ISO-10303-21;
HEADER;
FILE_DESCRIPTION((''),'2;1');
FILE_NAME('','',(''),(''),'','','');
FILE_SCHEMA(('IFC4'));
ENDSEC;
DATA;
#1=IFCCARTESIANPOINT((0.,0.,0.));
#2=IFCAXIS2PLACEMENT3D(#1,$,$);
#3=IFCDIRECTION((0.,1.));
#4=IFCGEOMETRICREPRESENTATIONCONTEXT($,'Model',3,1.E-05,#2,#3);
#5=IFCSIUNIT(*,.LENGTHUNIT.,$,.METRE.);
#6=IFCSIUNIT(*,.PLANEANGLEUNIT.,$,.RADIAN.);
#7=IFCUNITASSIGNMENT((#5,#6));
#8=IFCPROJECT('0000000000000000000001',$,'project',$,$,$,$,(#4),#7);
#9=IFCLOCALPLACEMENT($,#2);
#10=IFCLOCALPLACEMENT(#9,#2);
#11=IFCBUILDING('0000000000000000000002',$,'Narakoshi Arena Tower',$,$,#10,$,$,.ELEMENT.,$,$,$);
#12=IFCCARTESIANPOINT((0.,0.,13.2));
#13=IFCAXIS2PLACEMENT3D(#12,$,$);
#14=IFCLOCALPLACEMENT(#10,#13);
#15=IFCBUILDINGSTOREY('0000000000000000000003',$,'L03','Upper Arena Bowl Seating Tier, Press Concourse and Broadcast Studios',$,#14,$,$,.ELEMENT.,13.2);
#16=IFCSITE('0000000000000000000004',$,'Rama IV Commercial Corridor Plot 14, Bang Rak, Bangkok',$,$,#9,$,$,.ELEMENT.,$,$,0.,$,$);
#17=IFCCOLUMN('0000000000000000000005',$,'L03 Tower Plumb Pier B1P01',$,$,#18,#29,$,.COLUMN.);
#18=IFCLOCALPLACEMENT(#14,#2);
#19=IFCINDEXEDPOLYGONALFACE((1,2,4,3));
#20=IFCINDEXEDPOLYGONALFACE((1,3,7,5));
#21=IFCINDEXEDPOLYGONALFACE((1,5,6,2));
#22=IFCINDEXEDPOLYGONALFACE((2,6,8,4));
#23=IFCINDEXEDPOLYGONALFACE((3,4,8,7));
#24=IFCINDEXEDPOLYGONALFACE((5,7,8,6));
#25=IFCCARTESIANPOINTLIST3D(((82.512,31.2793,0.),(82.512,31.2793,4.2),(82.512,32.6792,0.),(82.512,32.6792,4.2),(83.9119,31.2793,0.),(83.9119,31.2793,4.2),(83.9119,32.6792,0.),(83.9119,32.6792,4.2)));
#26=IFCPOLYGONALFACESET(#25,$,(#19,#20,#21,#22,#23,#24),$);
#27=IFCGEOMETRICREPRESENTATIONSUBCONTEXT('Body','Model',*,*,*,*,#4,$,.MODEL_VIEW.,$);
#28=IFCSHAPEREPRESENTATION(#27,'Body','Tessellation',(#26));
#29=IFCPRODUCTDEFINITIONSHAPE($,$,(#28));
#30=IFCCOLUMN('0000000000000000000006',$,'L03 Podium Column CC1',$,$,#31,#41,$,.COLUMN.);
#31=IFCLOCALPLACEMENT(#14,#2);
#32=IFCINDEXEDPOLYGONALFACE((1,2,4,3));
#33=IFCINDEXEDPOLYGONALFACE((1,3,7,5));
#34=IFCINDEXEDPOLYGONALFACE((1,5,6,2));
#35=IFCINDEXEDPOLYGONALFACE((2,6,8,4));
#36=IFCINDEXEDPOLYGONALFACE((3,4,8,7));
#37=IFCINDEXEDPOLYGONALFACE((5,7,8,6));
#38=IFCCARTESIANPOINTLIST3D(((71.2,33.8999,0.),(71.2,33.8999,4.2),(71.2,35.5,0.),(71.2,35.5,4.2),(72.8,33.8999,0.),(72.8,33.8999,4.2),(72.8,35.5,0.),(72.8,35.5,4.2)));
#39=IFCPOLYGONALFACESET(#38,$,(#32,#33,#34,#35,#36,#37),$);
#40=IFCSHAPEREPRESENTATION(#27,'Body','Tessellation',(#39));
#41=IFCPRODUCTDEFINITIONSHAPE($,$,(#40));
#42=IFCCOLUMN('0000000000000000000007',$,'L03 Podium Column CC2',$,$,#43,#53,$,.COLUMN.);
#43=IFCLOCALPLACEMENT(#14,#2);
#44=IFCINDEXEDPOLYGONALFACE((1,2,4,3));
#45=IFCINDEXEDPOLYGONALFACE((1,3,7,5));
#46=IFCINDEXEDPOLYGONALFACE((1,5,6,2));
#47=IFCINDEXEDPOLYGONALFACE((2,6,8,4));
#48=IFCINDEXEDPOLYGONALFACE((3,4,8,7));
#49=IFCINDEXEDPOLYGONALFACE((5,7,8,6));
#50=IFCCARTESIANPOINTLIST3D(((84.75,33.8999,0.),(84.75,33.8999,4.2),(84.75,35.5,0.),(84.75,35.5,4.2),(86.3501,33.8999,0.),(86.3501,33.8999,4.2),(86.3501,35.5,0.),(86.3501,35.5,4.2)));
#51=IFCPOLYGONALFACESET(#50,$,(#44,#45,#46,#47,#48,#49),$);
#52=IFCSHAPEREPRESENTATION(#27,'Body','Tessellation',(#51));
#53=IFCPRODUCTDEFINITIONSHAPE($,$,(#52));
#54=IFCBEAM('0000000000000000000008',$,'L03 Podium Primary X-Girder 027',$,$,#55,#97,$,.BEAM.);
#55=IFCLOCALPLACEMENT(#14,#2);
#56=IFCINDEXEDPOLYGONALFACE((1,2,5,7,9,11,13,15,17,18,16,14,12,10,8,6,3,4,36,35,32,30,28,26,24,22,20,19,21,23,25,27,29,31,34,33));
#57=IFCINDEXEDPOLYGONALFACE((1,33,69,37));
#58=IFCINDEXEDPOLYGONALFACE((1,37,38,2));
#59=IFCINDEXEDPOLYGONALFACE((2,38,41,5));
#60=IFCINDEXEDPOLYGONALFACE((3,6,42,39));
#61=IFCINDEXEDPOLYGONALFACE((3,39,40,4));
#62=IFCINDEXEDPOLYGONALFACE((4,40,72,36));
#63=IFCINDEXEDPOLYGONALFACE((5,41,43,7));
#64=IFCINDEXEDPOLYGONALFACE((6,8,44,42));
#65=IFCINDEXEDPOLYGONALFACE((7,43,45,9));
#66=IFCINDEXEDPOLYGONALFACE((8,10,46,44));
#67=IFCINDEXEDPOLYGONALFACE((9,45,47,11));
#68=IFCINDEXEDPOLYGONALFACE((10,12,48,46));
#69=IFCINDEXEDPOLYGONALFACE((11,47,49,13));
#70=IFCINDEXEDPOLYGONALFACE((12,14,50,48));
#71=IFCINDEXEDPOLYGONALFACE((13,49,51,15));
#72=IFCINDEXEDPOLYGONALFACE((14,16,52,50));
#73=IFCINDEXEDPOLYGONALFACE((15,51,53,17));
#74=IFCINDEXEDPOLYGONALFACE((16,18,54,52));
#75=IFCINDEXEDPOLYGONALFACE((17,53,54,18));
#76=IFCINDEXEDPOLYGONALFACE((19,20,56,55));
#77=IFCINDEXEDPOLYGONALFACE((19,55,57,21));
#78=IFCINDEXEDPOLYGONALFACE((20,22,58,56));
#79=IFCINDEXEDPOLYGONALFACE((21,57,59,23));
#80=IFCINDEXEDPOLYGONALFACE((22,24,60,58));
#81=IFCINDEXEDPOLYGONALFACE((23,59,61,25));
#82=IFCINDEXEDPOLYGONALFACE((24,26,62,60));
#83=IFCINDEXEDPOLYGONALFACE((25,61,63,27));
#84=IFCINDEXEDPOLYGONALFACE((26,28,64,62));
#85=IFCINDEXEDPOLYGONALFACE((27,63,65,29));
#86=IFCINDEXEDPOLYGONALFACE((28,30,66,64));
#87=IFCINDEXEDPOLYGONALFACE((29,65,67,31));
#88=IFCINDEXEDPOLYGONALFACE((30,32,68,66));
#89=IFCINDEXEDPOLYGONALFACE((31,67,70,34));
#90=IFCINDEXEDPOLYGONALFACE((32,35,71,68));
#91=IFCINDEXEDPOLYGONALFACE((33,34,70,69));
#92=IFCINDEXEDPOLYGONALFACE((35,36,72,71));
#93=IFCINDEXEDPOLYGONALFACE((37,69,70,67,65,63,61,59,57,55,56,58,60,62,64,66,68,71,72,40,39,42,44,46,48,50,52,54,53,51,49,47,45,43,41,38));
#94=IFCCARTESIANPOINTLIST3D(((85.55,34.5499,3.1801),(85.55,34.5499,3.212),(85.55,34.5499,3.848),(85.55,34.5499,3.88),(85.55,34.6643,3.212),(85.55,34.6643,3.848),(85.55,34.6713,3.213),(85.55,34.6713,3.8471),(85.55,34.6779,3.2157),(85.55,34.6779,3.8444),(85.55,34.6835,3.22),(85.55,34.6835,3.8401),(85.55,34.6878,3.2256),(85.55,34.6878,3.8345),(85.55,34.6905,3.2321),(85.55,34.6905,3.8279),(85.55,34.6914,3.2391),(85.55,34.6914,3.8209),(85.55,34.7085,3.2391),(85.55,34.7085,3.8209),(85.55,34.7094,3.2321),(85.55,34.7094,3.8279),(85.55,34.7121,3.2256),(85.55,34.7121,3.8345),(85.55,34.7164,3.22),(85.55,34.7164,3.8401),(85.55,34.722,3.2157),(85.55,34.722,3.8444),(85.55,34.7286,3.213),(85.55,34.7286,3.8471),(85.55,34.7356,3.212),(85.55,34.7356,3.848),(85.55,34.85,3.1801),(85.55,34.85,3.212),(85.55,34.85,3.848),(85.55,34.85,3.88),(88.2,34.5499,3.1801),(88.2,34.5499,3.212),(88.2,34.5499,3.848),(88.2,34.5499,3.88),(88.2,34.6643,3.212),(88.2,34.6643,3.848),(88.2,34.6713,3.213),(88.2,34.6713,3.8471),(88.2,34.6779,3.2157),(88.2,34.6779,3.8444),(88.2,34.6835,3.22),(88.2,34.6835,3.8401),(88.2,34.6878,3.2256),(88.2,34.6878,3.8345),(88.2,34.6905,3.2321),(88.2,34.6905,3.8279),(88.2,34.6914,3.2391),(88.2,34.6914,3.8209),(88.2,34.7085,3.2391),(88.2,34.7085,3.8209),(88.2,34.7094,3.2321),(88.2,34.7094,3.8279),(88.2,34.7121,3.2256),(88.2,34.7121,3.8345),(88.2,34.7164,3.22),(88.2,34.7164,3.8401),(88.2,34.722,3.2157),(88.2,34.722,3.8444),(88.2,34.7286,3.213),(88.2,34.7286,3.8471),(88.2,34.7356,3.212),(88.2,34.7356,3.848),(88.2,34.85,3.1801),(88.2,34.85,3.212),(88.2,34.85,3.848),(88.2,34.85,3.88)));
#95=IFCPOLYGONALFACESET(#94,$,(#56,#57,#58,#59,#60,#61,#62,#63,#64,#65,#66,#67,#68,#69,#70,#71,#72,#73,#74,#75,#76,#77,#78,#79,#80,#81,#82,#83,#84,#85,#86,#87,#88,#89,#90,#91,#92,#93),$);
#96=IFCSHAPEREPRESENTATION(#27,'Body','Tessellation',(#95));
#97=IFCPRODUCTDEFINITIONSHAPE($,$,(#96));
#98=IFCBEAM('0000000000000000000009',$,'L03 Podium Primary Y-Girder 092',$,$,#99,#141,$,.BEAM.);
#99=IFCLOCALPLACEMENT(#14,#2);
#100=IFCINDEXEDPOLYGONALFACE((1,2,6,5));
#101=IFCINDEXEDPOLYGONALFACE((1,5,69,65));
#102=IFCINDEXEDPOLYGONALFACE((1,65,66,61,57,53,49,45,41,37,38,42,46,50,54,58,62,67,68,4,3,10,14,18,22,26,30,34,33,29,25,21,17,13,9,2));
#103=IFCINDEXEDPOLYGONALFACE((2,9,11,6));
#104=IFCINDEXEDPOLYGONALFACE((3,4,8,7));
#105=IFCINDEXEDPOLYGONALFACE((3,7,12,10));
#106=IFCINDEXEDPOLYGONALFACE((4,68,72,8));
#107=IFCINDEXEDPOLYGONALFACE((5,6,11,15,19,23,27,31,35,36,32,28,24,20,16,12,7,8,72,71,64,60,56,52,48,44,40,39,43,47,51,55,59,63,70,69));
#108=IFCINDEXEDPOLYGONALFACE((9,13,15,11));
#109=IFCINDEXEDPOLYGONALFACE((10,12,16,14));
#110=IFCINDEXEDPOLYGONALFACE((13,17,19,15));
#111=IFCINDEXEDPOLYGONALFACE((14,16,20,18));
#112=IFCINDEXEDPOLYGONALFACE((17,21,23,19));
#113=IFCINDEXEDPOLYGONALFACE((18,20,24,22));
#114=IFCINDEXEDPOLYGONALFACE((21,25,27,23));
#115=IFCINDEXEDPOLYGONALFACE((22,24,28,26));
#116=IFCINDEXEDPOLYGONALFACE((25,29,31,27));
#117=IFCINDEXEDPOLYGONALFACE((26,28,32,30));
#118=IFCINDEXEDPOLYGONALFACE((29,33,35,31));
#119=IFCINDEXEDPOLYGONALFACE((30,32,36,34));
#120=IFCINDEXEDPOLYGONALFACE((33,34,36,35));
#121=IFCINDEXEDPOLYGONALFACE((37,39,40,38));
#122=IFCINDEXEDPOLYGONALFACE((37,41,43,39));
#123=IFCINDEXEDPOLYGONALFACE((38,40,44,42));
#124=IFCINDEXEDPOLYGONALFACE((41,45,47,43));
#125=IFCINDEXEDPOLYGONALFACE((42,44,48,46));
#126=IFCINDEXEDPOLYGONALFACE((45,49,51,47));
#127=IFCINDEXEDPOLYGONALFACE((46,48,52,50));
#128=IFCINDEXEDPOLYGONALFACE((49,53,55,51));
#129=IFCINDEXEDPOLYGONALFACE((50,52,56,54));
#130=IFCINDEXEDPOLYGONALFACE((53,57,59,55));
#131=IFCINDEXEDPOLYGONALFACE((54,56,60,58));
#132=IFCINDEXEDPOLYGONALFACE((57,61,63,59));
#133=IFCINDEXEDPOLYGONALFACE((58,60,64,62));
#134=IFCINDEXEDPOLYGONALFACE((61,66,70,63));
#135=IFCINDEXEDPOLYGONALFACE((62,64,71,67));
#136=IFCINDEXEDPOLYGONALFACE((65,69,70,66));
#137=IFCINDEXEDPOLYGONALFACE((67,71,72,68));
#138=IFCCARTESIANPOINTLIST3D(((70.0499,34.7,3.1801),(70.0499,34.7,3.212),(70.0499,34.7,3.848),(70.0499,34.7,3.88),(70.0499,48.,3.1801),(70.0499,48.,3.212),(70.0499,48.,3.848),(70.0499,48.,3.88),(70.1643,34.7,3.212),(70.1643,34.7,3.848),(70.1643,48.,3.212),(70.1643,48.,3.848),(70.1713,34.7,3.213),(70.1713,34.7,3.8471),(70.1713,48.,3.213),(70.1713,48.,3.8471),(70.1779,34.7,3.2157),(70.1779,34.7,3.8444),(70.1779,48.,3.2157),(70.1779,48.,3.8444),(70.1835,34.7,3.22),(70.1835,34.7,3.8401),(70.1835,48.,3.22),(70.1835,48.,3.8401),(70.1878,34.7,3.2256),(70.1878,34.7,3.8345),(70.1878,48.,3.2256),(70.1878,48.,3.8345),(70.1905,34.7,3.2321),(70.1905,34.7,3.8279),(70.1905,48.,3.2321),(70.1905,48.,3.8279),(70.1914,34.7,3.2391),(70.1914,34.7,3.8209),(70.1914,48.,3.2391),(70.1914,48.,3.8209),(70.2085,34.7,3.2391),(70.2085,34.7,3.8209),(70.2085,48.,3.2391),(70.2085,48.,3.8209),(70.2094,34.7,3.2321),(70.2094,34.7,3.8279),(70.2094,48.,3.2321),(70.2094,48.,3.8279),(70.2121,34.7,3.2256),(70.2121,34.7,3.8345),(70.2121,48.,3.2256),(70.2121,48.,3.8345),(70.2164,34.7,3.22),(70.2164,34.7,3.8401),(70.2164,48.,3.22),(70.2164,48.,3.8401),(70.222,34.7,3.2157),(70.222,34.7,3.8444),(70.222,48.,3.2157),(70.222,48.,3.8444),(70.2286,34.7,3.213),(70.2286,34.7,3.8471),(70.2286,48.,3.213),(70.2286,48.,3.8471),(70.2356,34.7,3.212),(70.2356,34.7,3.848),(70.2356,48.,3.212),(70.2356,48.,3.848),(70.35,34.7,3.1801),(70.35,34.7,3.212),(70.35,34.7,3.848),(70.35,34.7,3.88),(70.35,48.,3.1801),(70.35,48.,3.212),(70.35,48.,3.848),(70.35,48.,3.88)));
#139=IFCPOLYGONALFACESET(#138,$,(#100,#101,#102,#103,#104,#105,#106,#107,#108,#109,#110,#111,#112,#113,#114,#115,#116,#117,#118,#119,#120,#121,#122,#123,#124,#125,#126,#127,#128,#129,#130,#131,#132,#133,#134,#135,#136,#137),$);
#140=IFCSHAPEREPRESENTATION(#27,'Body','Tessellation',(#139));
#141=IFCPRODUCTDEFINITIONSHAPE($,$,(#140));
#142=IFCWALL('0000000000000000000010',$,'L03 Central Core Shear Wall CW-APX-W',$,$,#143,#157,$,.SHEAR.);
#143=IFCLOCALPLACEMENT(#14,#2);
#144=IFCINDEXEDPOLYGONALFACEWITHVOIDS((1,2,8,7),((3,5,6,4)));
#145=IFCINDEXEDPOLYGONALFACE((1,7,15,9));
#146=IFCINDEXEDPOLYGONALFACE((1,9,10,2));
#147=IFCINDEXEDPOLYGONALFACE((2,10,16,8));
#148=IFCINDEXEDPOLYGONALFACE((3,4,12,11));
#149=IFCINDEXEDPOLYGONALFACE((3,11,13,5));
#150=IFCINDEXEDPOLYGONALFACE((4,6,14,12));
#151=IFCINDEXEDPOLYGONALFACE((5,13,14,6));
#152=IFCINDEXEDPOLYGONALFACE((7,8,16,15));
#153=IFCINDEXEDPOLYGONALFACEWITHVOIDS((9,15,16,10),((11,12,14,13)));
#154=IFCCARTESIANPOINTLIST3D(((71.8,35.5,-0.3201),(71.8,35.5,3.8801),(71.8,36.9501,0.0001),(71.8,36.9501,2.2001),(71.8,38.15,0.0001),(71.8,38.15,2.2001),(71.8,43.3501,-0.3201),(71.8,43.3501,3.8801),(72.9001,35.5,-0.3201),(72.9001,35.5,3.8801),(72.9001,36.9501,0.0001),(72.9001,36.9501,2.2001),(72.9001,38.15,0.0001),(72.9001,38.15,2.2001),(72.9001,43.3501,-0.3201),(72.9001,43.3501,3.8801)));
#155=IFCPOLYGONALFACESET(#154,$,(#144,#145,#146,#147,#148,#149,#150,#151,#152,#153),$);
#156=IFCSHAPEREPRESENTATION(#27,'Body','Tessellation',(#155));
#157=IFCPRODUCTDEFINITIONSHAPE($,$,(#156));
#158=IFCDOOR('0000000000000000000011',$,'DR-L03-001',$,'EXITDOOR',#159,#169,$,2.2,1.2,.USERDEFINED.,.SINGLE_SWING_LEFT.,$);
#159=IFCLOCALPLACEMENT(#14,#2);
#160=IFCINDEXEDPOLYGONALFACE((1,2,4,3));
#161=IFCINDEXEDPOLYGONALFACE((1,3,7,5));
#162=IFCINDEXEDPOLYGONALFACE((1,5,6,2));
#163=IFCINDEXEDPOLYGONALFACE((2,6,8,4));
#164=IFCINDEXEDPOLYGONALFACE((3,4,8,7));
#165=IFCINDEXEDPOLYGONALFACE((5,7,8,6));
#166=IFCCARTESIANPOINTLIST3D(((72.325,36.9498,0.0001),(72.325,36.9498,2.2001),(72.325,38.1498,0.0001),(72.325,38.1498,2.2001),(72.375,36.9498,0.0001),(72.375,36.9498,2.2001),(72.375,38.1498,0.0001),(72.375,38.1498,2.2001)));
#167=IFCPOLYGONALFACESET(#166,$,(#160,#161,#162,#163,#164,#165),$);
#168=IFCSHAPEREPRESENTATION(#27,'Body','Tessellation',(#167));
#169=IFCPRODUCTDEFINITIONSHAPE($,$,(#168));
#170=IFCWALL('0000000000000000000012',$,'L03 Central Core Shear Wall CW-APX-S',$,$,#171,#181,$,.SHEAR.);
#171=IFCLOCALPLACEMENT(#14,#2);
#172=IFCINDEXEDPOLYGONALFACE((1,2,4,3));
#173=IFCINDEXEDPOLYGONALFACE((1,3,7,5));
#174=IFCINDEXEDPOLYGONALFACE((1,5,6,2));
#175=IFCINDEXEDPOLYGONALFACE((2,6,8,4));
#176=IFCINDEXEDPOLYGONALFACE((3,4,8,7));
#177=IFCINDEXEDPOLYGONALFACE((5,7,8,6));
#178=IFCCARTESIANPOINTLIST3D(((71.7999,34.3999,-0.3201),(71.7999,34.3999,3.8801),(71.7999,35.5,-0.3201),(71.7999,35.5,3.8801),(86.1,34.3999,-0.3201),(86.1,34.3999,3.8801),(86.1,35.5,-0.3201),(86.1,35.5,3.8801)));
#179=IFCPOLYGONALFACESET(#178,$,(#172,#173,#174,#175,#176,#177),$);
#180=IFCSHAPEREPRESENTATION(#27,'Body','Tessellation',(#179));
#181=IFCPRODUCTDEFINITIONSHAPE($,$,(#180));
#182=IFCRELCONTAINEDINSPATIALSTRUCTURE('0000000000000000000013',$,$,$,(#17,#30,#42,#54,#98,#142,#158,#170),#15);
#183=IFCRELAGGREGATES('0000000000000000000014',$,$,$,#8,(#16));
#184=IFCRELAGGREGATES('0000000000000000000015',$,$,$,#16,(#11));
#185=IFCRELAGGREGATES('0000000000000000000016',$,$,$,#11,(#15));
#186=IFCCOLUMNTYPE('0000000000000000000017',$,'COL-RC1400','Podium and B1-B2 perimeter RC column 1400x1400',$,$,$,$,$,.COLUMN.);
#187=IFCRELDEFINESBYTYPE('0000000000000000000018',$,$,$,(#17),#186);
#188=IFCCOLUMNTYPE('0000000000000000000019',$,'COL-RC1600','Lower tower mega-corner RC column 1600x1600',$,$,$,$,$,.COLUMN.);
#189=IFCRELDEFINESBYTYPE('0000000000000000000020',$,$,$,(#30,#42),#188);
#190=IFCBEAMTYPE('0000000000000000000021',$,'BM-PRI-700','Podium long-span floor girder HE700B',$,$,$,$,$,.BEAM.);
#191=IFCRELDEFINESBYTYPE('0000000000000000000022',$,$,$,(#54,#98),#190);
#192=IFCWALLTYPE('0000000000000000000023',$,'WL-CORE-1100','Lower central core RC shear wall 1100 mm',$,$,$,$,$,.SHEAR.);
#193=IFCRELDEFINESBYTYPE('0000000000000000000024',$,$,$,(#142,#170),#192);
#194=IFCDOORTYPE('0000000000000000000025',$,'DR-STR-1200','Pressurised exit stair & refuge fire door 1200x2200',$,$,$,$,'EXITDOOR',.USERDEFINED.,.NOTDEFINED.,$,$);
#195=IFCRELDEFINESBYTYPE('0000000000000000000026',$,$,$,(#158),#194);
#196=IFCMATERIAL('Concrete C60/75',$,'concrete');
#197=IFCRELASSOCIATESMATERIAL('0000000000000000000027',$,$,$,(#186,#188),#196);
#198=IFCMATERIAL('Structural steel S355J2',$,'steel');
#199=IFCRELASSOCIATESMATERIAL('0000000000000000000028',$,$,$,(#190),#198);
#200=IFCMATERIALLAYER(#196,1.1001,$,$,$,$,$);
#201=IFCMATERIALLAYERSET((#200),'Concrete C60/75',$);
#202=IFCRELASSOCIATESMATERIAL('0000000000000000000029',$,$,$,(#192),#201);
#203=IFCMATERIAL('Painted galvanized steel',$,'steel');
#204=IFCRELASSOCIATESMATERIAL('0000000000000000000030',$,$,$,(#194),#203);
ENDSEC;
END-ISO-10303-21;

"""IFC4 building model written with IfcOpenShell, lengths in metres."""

from ifc_helpers import new_model, si_unit, direction, frame, frame_2d, origin, origin_2d, place, context, subcontext, project, spatial, rectangle, i_section, extrude, material, layer, layer_set, material_profile, profile_set, type_object, element, fill, save


model = new_model("IFC4")

# Units and contexts
model_context = context("Model", 3, precision=1e-05, world=origin(), true_north=direction((0.0, 1.0)))
body_context = subcontext(model_context, "Body", "Model", "MODEL_VIEW")
ifc_project = project(units=[si_unit("LENGTHUNIT", "METRE"), si_unit("PLANEANGLEUNIT", "RADIAN")], contexts=[model_context])

# Site, building, storey
site_placement = place(None, origin())
site = spatial("IfcSite", under=ifc_project, at=site_placement, Name="Rama IV Commercial Corridor Plot 14, Bang Rak, Bangkok", CompositionType="ELEMENT", RefElevation=0.0)
building_placement = place(site_placement, origin())
building = spatial("IfcBuilding", under=site, at=building_placement, Name="Narakoshi Arena Tower", CompositionType="ELEMENT")
storey_placement = place(building_placement, frame((0.0, 0.0, 13.2)))
storey = spatial("IfcBuildingStorey", under=building, at=storey_placement, Name="L03", Description="Upper Arena Bowl Seating Tier, Press Concourse and Broadcast Studios", CompositionType="ELEMENT", Elevation=13.2)

# Columns
ifc_material_1 = material(Name="Concrete C60/75", Category="concrete")
ifc_material_profile_1 = material_profile(ifc_material_1, rectangle(XDim=1.3999, YDim=1.3999, at=origin_2d()), Name="RC1400x1400")
ifc_profile_set_1 = profile_set([ifc_material_profile_1], Name="Concrete C60/75")
column_type_1 = type_object("IfcColumnType", Name="COL-RC1400", Description="Podium and B1-B2 perimeter RC column 1400x1400", PredefinedType="COLUMN", material=ifc_profile_set_1)
column_placement = place(storey_placement, frame((83.2119, 31.9792, 0.0), z_axis=(0.0, 0.0, 1.0), x_axis=(1.0, 0.0, 0.0)))
element("IfcColumn", 1, at=column_placement, inside=storey, type_object=column_type_1, Name="L03 Tower Plumb Pier B1P01", PredefinedType="COLUMN", context=body_context, shape_type="SweptSolid", body=[
    extrude(rectangle(XDim=1.3999, YDim=1.3999, at=origin_2d()), origin(), (0.0, 0.0, 1.0), 4.2),
])
ifc_material_profile_2 = material_profile(ifc_material_1, rectangle(XDim=1.6001, YDim=1.6001, at=origin_2d()), Name="RC1600x1600")
ifc_profile_set_2 = profile_set([ifc_material_profile_2], Name="Concrete C60/75")
column_type_2 = type_object("IfcColumnType", Name="COL-RC1600", Description="Lower tower mega-corner RC column 1600x1600", PredefinedType="COLUMN", material=ifc_profile_set_2)
for number, where, z_axis, x_axis, name in (
    (2, (72.0, 34.7, 0.0), (0.0, 0.0, 1.0), (1.0, 0.0, 0.0), "L03 Podium Column CC1"),
    (3, (85.55, 34.7, 0.0), (0.0, 0.0, 1.0), (1.0, 0.0, 0.0), "L03 Podium Column CC2"),
):
    element("IfcColumn", number, at=place(storey_placement, frame(where, z_axis=z_axis, x_axis=x_axis)), inside=storey, type_object=column_type_2, Name=name, PredefinedType="COLUMN", context=body_context, shape_type="SweptSolid", body=[
        extrude(rectangle(XDim=1.6001, YDim=1.6001, at=origin_2d()), origin(), (0.0, 0.0, 1.0), 4.2),
    ])

# Beams
ifc_material_2 = material(Name="Structural steel S355J2", Category="steel")
ifc_material_profile_3 = material_profile(ifc_material_2, i_section(OverallWidth=0.3, OverallDepth=0.7, WebThickness=0.0171, FlangeThickness=0.032, FilletRadius=0.0271, at=origin_2d()), Name="HE700B")
ifc_profile_set_3 = profile_set([ifc_material_profile_3], Name="Structural steel S355J2")
beam_type = type_object("IfcBeamType", Name="BM-PRI-700", Description="Podium long-span floor girder HE700B", PredefinedType="BEAM", material=ifc_profile_set_3)
beam_1_placement = place(storey_placement, frame((85.55, 34.7, 3.53), z_axis=(1.0, 0.0, 0.0), x_axis=(0.0, 1.0, 0.0)))
element("IfcBeam", 4, at=beam_1_placement, inside=storey, type_object=beam_type, Name="L03 Podium Primary X-Girder 027", PredefinedType="BEAM", context=body_context, shape_type="SweptSolid", body=[
    extrude(i_section(OverallWidth=0.3, OverallDepth=0.7, WebThickness=0.0171, FlangeThickness=0.032, FilletRadius=0.0271, at=origin_2d()), origin(), (0.0, 0.0, 1.0), 2.6499),
])
beam_2_placement = place(storey_placement, frame((70.2, 34.7, 3.53), z_axis=(0.0, 1.0, 0.0), x_axis=(-1.0, 0.0, 0.0)))
element("IfcBeam", 5, at=beam_2_placement, inside=storey, type_object=beam_type, Name="L03 Podium Primary Y-Girder 092", PredefinedType="BEAM", context=body_context, shape_type="SweptSolid", body=[
    extrude(i_section(OverallWidth=0.3, OverallDepth=0.7, WebThickness=0.0171, FlangeThickness=0.032, FilletRadius=0.0271, at=origin_2d()), origin(), (0.0, 0.0, 1.0), 13.3),
])

# Wall, opening, door
ifc_layer_1 = layer(ifc_material_1, 1.1001)
ifc_layer_set_1 = layer_set([ifc_layer_1], Name="Concrete C60/75")
wall_type_1 = type_object("IfcWallType", Name="WL-CORE-1100", Description="Lower central core RC shear wall 1100 mm", PredefinedType="SHEAR", material=ifc_layer_set_1)
wall_1_placement = place(storey_placement, frame((72.3501, 35.5, -0.3201), z_axis=(0.0, 0.0, 1.0), x_axis=(0.0, 1.0, 0.0)))
wall_1 = element("IfcWall", 6, at=wall_1_placement, inside=storey, type_object=wall_type_1, Name="L03 Central Core Shear Wall CW-APX-W", PredefinedType="SHEAR", context=body_context, shape_type="SweptSolid", body=[
    extrude(rectangle(XDim=7.8501, YDim=1.1001, at=frame_2d((3.925, 0.0))), origin(), (0.0, 0.0, 1.0), 4.2002),
])
opening_1_placement = place(wall_1_placement, frame((1.45, 0.0, 0.3201)))
opening_1 = element("IfcOpeningElement", 7, at=opening_1_placement, cuts=wall_1, PredefinedType="OPENING", context=body_context, shape_type="SweptSolid", body=[
    extrude(rectangle(XDim=1.2, YDim=2.2, at=frame_2d((0.6001, 1.1001))), frame((0.0, 0.5601, 0.0), z_axis=(0.0, -1.0, 0.0), x_axis=(1.0, 0.0, 0.0)), (0.0, 0.0, 1.0), 1.1201),
])
ifc_material_3 = material(Name="Painted galvanized steel", Category="steel")
door_type_1 = type_object("IfcDoorType", Name="DR-STR-1200", Description="Pressurised exit stair & refuge fire door 1200x2200", ElementType="EXITDOOR", OperationType="NOTDEFINED", PredefinedType="USERDEFINED", material=ifc_material_3)
door_1_placement = place(opening_1_placement, frame((1.2, 0.0, 0.0), z_axis=(0.0, 0.0, 1.0), x_axis=(-1.0, 0.0, 0.0)))
door_1 = element("IfcDoor", 8, at=door_1_placement, inside=storey, type_object=door_type_1, Name="DR-L03-001", ObjectType="EXITDOOR", OperationType="SINGLE_SWING_LEFT", OverallHeight=2.2, OverallWidth=1.2, PredefinedType="USERDEFINED", context=body_context, shape_type="SweptSolid", body=[
    extrude(rectangle(XDim=1.2, YDim=2.2, at=frame_2d((0.6001, 1.1001))), frame((0.0, 0.0249, 0.0), z_axis=(0.0, -1.0, 0.0), x_axis=(1.0, 0.0, 0.0)), (0.0, 0.0, 1.0), 0.05),
])
fill(opening_1, door_1)

# Wall
wall_2_placement = place(storey_placement, frame((71.8, 34.95, -0.3201), z_axis=(0.0, 0.0, 1.0), x_axis=(1.0, 0.0, 0.0)))
element("IfcWall", 9, at=wall_2_placement, inside=storey, type_object=wall_type_1, Name="L03 Central Core Shear Wall CW-APX-S", PredefinedType="SHEAR", context=body_context, shape_type="SweptSolid", body=[
    extrude(rectangle(XDim=14.3, YDim=1.1001, at=frame_2d((7.1499, 0.0))), origin(), (0.0, 0.0, 1.0), 4.2002),
])

save(model, "model.ifc")
